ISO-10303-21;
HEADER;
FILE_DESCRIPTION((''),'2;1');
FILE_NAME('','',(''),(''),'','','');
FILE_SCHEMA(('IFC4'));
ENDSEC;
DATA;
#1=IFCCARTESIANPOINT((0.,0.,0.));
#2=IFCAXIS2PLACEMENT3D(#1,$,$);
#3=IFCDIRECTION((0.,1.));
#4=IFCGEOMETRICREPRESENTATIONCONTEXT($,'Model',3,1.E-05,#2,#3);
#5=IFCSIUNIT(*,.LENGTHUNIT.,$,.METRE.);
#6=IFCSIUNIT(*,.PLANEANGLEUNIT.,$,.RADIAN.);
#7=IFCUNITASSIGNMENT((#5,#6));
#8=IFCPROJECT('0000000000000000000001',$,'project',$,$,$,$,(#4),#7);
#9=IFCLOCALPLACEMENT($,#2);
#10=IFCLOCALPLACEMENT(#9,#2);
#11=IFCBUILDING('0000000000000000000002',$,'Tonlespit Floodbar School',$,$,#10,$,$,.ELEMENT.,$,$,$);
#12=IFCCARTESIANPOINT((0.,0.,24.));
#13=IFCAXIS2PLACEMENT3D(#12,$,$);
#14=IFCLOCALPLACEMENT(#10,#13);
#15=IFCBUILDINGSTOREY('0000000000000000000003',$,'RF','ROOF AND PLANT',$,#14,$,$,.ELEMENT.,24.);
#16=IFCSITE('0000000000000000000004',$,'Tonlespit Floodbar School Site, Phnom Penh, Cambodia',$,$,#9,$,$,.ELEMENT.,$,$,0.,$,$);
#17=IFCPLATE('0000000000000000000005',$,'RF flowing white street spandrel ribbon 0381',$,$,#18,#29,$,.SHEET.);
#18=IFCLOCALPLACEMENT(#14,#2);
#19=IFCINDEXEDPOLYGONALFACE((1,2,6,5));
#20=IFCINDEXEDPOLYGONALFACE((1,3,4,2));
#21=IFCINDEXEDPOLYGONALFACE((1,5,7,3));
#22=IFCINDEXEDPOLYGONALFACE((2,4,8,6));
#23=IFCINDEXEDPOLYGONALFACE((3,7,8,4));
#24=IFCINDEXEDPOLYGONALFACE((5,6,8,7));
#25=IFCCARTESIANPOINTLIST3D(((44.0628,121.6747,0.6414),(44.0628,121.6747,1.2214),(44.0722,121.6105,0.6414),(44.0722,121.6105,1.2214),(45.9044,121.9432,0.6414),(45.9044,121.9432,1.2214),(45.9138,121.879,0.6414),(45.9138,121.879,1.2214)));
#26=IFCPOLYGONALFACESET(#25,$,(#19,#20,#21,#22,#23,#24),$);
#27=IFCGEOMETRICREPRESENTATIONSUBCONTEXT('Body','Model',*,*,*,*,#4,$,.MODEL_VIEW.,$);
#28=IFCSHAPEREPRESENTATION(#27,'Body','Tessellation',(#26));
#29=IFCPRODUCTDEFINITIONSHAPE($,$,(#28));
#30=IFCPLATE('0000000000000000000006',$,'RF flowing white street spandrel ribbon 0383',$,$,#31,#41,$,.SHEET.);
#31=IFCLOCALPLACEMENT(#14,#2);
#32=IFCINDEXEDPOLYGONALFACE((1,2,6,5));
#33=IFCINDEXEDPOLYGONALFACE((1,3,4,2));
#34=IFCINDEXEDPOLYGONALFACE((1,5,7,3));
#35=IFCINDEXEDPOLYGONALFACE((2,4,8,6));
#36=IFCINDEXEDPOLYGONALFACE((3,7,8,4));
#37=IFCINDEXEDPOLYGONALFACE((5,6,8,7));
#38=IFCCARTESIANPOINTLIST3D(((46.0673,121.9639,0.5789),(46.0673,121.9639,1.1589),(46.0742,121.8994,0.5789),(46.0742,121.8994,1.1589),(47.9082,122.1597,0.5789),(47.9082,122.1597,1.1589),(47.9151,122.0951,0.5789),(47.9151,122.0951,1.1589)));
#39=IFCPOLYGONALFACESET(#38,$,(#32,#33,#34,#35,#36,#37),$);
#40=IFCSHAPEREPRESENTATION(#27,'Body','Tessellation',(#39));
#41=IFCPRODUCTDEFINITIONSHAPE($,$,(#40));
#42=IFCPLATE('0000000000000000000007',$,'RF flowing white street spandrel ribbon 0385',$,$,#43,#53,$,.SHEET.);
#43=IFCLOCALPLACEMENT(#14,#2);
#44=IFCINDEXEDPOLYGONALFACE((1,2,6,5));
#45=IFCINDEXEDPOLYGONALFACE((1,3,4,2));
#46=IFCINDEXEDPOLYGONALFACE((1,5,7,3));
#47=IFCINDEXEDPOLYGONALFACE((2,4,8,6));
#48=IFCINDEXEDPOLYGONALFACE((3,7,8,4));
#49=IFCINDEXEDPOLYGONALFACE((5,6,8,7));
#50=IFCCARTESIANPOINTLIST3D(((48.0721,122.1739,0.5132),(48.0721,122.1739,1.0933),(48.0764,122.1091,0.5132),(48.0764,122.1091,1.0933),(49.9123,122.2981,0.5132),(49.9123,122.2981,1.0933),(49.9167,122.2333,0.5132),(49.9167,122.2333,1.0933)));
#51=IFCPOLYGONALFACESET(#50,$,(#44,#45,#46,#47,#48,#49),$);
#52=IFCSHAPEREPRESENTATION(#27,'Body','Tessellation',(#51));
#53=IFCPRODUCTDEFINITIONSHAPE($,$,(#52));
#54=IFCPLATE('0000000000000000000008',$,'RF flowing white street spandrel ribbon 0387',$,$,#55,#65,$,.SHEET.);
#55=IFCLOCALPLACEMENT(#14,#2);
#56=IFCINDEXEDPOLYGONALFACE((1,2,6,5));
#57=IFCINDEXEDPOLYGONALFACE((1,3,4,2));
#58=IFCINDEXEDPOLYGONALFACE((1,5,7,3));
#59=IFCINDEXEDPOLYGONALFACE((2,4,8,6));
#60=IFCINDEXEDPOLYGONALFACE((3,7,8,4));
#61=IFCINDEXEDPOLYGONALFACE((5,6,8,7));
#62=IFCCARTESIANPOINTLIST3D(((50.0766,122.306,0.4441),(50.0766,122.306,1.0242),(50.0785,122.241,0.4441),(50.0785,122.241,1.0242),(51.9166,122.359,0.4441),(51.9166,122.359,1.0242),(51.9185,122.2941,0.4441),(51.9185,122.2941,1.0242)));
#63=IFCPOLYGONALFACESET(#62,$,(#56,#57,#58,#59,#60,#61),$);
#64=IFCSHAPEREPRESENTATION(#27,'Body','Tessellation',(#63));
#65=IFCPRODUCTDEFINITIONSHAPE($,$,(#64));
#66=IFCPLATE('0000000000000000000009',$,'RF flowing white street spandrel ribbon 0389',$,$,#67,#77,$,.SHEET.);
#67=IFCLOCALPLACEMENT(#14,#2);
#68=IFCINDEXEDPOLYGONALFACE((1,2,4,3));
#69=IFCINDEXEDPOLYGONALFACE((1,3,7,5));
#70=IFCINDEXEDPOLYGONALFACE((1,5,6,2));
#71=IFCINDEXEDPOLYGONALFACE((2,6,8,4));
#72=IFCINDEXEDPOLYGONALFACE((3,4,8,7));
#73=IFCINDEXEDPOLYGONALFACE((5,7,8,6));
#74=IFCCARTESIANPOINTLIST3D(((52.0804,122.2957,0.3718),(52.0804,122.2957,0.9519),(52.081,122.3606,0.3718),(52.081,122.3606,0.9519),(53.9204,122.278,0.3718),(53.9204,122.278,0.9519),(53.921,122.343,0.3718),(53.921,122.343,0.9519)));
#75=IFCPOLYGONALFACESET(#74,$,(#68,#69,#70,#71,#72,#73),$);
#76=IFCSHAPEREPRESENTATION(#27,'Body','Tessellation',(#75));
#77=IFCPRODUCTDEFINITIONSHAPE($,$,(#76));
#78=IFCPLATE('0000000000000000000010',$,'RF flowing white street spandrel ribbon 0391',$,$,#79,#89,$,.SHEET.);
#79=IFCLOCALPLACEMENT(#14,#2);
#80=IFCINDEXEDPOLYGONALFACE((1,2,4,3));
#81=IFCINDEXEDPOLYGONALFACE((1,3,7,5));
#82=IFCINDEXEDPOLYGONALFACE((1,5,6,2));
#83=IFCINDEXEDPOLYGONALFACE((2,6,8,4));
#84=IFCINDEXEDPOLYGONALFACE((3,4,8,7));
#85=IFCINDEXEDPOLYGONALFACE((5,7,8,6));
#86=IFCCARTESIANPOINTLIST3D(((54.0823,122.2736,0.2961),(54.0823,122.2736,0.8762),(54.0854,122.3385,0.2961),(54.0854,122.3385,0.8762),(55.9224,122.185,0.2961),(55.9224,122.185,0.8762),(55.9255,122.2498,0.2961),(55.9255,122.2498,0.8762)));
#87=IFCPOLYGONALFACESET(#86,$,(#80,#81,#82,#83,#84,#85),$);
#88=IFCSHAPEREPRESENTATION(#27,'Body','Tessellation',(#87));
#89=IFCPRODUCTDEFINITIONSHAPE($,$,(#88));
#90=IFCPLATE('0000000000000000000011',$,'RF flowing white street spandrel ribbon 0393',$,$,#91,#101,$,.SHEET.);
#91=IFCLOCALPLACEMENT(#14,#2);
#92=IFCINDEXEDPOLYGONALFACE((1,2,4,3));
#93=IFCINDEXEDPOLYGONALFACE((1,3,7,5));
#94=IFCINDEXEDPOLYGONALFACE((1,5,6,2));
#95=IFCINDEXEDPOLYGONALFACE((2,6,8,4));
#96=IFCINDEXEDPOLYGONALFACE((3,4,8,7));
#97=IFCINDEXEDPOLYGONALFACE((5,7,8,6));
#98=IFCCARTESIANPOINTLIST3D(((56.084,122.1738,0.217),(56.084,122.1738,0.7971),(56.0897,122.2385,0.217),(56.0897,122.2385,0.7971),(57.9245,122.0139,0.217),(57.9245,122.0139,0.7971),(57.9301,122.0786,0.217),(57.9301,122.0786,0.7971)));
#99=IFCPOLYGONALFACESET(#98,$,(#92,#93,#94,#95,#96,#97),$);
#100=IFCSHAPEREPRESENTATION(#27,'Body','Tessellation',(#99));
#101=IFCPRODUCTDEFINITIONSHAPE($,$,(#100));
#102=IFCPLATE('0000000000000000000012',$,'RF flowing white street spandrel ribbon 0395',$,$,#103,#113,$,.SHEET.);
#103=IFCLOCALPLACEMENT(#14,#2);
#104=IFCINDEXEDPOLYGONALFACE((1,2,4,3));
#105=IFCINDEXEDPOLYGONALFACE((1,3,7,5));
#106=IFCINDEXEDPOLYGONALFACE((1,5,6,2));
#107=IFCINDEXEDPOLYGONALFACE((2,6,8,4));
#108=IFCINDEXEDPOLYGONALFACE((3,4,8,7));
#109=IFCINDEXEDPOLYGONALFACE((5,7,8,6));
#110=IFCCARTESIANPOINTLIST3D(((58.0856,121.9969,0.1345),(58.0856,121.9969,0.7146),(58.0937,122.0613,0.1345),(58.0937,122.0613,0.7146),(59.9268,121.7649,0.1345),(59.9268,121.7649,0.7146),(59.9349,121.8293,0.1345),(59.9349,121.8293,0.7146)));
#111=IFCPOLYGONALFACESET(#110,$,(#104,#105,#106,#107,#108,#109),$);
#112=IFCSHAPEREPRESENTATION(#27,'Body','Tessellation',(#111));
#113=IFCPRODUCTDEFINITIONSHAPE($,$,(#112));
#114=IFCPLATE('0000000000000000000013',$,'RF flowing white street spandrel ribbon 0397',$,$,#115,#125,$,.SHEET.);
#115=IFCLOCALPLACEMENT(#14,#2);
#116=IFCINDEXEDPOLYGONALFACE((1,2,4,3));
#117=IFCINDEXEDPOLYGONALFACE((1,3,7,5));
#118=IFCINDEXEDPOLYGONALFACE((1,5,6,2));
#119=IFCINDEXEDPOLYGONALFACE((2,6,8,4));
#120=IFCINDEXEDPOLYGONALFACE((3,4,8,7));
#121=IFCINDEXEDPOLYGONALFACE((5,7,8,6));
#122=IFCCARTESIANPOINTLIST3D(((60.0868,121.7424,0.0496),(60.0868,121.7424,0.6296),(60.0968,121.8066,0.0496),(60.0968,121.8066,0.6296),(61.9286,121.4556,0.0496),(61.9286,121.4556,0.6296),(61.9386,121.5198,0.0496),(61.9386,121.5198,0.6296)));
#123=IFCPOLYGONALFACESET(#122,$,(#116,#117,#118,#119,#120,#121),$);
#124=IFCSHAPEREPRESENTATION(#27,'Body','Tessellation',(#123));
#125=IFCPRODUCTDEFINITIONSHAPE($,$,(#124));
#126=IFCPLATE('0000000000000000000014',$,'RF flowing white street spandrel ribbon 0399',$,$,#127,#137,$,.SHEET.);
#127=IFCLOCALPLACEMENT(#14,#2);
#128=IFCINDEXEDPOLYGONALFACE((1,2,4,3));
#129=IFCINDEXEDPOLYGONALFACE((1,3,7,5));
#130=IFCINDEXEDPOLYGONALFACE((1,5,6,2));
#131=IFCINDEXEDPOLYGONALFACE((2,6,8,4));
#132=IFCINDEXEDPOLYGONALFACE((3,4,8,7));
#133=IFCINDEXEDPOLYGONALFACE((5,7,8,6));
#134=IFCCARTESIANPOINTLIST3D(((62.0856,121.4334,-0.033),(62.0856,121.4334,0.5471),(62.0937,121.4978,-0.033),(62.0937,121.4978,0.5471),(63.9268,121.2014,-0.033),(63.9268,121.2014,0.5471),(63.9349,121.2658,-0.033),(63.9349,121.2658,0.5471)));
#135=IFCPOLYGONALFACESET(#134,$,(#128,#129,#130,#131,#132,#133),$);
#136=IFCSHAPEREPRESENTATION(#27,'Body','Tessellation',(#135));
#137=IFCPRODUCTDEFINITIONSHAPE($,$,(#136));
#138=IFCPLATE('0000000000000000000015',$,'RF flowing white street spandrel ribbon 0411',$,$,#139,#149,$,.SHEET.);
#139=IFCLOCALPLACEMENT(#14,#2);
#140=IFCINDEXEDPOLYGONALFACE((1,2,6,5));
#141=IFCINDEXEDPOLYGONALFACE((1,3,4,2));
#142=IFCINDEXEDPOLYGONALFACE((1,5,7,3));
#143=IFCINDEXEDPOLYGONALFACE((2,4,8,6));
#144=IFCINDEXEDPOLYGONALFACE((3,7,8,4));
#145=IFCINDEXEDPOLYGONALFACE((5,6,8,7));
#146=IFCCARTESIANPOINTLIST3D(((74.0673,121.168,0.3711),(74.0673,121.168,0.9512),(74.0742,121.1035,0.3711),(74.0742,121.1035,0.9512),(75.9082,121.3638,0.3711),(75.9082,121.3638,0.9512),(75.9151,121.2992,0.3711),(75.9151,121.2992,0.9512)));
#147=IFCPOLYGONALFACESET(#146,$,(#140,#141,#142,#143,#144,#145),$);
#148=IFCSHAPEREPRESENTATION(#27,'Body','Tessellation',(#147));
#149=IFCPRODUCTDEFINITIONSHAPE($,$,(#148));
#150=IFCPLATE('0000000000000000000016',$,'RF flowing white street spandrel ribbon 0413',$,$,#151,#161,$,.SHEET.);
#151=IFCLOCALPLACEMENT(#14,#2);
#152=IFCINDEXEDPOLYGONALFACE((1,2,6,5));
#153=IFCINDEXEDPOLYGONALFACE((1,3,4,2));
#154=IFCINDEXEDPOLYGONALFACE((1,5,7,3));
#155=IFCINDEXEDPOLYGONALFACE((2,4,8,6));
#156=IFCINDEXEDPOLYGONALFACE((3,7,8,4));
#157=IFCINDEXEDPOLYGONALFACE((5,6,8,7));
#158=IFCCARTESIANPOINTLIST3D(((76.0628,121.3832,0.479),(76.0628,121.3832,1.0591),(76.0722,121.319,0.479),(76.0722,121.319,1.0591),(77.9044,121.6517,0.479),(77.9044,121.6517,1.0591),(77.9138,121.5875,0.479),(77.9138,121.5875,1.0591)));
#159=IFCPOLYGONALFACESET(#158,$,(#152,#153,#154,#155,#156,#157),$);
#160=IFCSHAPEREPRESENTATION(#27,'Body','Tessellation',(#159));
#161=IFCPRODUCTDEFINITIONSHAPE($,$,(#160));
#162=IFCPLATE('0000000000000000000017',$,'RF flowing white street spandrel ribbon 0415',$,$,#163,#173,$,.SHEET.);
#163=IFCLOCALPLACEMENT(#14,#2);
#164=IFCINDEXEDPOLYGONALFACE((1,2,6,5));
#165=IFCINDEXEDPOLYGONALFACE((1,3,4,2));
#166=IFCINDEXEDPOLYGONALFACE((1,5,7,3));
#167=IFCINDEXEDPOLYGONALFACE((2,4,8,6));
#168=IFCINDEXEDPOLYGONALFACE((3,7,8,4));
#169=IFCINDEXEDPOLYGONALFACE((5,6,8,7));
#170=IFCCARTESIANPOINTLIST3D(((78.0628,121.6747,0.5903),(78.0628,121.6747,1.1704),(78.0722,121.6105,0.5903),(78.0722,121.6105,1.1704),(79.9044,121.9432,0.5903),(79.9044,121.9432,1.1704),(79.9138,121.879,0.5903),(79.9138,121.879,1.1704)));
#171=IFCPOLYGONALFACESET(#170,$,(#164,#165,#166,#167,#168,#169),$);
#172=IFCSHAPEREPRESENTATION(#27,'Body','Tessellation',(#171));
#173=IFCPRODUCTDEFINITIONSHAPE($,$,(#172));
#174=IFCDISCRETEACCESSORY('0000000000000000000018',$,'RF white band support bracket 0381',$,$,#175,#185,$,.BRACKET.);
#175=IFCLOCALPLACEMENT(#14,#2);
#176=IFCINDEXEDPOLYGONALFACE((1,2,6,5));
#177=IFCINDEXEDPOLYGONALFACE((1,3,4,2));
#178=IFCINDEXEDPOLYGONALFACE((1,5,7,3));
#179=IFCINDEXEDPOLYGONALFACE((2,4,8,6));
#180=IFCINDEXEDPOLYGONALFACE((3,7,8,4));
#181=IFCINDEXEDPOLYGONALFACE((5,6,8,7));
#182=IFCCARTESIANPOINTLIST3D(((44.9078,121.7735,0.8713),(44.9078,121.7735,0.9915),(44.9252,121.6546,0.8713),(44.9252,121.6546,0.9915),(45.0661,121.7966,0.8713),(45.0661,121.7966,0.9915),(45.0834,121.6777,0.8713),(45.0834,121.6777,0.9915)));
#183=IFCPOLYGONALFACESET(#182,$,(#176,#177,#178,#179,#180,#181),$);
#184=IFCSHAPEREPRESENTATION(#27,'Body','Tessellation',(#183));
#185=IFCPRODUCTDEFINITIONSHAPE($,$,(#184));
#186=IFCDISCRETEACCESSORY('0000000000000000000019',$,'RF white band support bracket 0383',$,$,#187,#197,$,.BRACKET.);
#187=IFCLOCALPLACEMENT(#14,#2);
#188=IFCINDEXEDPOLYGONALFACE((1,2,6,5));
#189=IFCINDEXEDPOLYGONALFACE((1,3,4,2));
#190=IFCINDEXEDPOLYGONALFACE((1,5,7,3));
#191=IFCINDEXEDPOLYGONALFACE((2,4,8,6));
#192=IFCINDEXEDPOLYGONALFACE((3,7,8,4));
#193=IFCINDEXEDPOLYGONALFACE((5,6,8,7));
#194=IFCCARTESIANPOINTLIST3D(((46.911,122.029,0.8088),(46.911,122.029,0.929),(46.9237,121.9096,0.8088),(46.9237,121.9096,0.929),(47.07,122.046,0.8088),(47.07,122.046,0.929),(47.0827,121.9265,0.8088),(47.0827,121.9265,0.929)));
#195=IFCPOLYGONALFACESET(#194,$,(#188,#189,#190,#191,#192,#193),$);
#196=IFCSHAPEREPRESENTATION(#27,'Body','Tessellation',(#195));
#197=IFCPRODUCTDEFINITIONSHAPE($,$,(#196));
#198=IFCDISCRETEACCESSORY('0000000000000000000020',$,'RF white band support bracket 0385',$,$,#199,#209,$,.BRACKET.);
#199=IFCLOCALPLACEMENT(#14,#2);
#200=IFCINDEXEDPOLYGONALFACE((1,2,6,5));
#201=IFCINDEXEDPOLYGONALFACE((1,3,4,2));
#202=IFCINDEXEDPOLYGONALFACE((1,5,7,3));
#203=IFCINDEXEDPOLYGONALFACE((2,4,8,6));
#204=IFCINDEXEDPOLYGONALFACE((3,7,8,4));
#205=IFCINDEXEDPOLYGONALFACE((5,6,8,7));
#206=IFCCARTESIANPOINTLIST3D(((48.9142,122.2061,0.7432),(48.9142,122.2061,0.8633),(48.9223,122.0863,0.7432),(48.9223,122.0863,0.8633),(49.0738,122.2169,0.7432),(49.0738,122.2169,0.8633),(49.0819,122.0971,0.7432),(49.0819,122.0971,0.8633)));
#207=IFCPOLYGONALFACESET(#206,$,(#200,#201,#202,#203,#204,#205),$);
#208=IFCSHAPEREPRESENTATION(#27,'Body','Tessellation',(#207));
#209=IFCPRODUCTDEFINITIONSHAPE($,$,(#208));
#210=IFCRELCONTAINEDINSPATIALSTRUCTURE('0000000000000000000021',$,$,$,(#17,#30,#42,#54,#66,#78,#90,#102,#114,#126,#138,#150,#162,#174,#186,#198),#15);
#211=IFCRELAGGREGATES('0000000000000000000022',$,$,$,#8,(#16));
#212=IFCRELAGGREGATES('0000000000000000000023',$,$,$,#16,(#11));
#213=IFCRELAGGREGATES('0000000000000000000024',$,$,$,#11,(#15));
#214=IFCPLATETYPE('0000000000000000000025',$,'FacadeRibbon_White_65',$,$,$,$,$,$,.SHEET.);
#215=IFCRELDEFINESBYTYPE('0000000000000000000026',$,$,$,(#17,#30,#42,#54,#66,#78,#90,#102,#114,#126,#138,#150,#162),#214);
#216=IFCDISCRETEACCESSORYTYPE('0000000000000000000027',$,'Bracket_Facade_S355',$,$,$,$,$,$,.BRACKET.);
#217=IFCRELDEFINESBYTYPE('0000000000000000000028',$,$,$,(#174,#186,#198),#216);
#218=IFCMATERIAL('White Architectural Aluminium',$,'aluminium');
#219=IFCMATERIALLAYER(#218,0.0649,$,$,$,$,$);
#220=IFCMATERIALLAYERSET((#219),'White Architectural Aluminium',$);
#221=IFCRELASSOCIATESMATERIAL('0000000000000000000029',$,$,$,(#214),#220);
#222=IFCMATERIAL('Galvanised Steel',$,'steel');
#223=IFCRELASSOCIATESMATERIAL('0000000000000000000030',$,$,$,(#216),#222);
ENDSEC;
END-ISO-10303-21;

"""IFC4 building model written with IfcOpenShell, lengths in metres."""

from ifc_helpers import new_model, si_unit, direction, frame, origin, origin_2d, place, context, subcontext, project, spatial, rectangle, extrude, material, layer, layer_set, type_object, element, save


model = new_model("IFC4")

# Units and contexts
model_context = context("Model", 3, precision=1e-05, world=origin(), true_north=direction((0.0, 1.0)))
body_context = subcontext(model_context, "Body", "Model", "MODEL_VIEW")
ifc_project = project(units=[si_unit("LENGTHUNIT", "METRE"), si_unit("PLANEANGLEUNIT", "RADIAN")], contexts=[model_context])

# Site, building, storey
site_placement = place(None, origin())
site = spatial("IfcSite", under=ifc_project, at=site_placement, Name="Tonlespit Floodbar School Site, Phnom Penh, Cambodia", CompositionType="ELEMENT", RefElevation=0.0)
building_placement = place(site_placement, origin())
building = spatial("IfcBuilding", under=site, at=building_placement, Name="Tonlespit Floodbar School", CompositionType="ELEMENT")
storey_placement = place(building_placement, frame((0.0, 0.0, 24.0)))
storey = spatial("IfcBuildingStorey", under=building, at=storey_placement, Name="RF", Description="ROOF AND PLANT", CompositionType="ELEMENT", Elevation=24.0)

# Plates
ifc_material_1 = material(Name="White Architectural Aluminium", Category="aluminium")
ifc_layer = layer(ifc_material_1, 0.0649)
ifc_layer_set = layer_set([ifc_layer], Name="White Architectural Aluminium")
plate_type = type_object("IfcPlateType", Name="FacadeRibbon_White_65", PredefinedType="SHEET", material=ifc_layer_set)
plate_1_placement = place(storey_placement, frame((44.9883, 121.7769, 0.6414), z_axis=(0.0, 0.0, 1.0), x_axis=(0.989538, 0.144275, 0.0)))
element("IfcPlate", 1, at=plate_1_placement, inside=storey, type_object=plate_type, Name="RF flowing white street spandrel ribbon 0381", PredefinedType="SHEET", context=body_context, shape_type="SweptSolid", body=[
    extrude(rectangle(XDim=1.8611, YDim=0.0649, at=origin_2d()), origin(), (0.0, 0.0, 1.0), 0.5801),
])
plate_2_placement = place(storey_placement, frame((46.9912, 122.0295, 0.5789), z_axis=(0.0, 0.0, 1.0), x_axis=(0.994392, 0.105754, 0.0)))
element("IfcPlate", 2, at=plate_2_placement, inside=storey, type_object=plate_type, Name="RF flowing white street spandrel ribbon 0383", PredefinedType="SHEET", context=body_context, shape_type="SweptSolid", body=[
    extrude(rectangle(XDim=1.8513, YDim=0.0649, at=origin_2d()), origin(), (0.0, 0.0, 1.0), 0.5801),
])
plate_3_placement = place(storey_placement, frame((48.9944, 122.2036, 0.5132), z_axis=(0.0, 0.0, 1.0), x_axis=(0.99773, 0.067347, 0.0)))
element("IfcPlate", 3, at=plate_3_placement, inside=storey, type_object=plate_type, Name="RF flowing white street spandrel ribbon 0385", PredefinedType="SHEET", context=body_context, shape_type="SweptSolid", body=[
    extrude(rectangle(XDim=1.8445, YDim=0.0649, at=origin_2d()), origin(), (0.0, 0.0, 1.0), 0.5801),
])
plate_4_placement = place(storey_placement, frame((50.9976, 122.3, 0.4441), z_axis=(0.0, 0.0, 1.0), x_axis=(0.999584, 0.028838, 0.0)))
element("IfcPlate", 4, at=plate_4_placement, inside=storey, type_object=plate_type, Name="RF flowing white street spandrel ribbon 0387", PredefinedType="SHEET", context=body_context, shape_type="SweptSolid", body=[
    extrude(rectangle(XDim=1.8408, YDim=0.0649, at=origin_2d()), origin(), (0.0, 0.0, 1.0), 0.5801),
])
plate_5_placement = place(storey_placement, frame((53.0007, 122.3193, 0.3718), z_axis=(0.0, 0.0, 1.0), x_axis=(0.999954, -0.009599, 0.0)))
element("IfcPlate", 5, at=plate_5_placement, inside=storey, type_object=plate_type, Name="RF flowing white street spandrel ribbon 0389", PredefinedType="SHEET", context=body_context, shape_type="SweptSolid", body=[
    extrude(rectangle(XDim=1.8401, YDim=0.0649, at=origin_2d()), origin(), (0.0, 0.0, 1.0), 0.5801),
])
plate_6_placement = place(storey_placement, frame((55.0039, 122.2617, 0.2961), z_axis=(0.0, 0.0, 1.0), x_axis=(0.998843, -0.048095, 0.0)))
element("IfcPlate", 6, at=plate_6_placement, inside=storey, type_object=plate_type, Name="RF flowing white street spandrel ribbon 0391", PredefinedType="SHEET", context=body_context, shape_type="SweptSolid", body=[
    extrude(rectangle(XDim=1.8423, YDim=0.0649, at=origin_2d()), origin(), (0.0, 0.0, 1.0), 0.5801),
])
plate_7_placement = place(storey_placement, frame((57.0071, 122.1262, 0.217), z_axis=(0.0, 0.0, 1.0), x_axis=(0.996245, -0.086573, 0.0)))
element("IfcPlate", 7, at=plate_7_placement, inside=storey, type_object=plate_type, Name="RF flowing white street spandrel ribbon 0393", PredefinedType="SHEET", context=body_context, shape_type="SweptSolid", body=[
    extrude(rectangle(XDim=1.8474, YDim=0.0649, at=origin_2d()), origin(), (0.0, 0.0, 1.0), 0.5801),
])
plate_8_placement = place(storey_placement, frame((59.0103, 121.9131, 0.1345), z_axis=(0.0, 0.0, 1.0), x_axis=(0.992155, -0.125011, 0.0)))
element("IfcPlate", 8, at=plate_8_placement, inside=storey, type_object=plate_type, Name="RF flowing white street spandrel ribbon 0395", PredefinedType="SHEET", context=body_context, shape_type="SweptSolid", body=[
    extrude(rectangle(XDim=1.8557, YDim=0.0649, at=origin_2d()), origin(), (0.0, 0.0, 1.0), 0.5801),
])
plate_9_placement = place(storey_placement, frame((61.0127, 121.6311, 0.0496), z_axis=(0.0, 0.0, 1.0), x_axis=(0.988095, -0.153846, 0.0)))
element("IfcPlate", 9, at=plate_9_placement, inside=storey, type_object=plate_type, Name="RF flowing white street spandrel ribbon 0397", PredefinedType="SHEET", context=body_context, shape_type="SweptSolid", body=[
    extrude(rectangle(XDim=1.864, YDim=0.0649, at=origin_2d()), origin(), (0.0, 0.0, 1.0), 0.5801),
])
plate_10_placement = place(storey_placement, frame((63.0103, 121.3496, -0.033), z_axis=(0.0, 0.0, 1.0), x_axis=(0.992155, -0.125011, 0.0)))
element("IfcPlate", 10, at=plate_10_placement, inside=storey, type_object=plate_type, Name="RF flowing white street spandrel ribbon 0399", PredefinedType="SHEET", context=body_context, shape_type="SweptSolid", body=[
    extrude(rectangle(XDim=1.8557, YDim=0.0649, at=origin_2d()), origin(), (0.0, 0.0, 1.0), 0.5801),
])
plate_11_placement = place(storey_placement, frame((74.9912, 121.2336, 0.3711), z_axis=(0.0, 0.0, 1.0), x_axis=(0.994392, 0.105754, 0.0)))
element("IfcPlate", 11, at=plate_11_placement, inside=storey, type_object=plate_type, Name="RF flowing white street spandrel ribbon 0411", PredefinedType="SHEET", context=body_context, shape_type="SweptSolid", body=[
    extrude(rectangle(XDim=1.8513, YDim=0.0649, at=origin_2d()), origin(), (0.0, 0.0, 1.0), 0.5801),
])
for number, where, z_axis, x_axis, name in (
    (12, (76.9883, 121.4854, 0.479), (0.0, 0.0, 1.0), (0.989538, 0.144275, 0.0), "RF flowing white street spandrel ribbon 0413"),
    (13, (78.9883, 121.7769, 0.5903), (0.0, 0.0, 1.0), (0.989538, 0.144275, 0.0), "RF flowing white street spandrel ribbon 0415"),
):
    element("IfcPlate", number, at=place(storey_placement, frame(where, z_axis=z_axis, x_axis=x_axis)), inside=storey, type_object=plate_type, Name=name, PredefinedType="SHEET", context=body_context, shape_type="SweptSolid", body=[
        extrude(rectangle(XDim=1.8611, YDim=0.0649, at=origin_2d()), origin(), (0.0, 0.0, 1.0), 0.5801),
    ])

# Discrete accessories
ifc_material_2 = material(Name="Galvanised Steel", Category="steel")
discrete_accessory_type = type_object("IfcDiscreteAccessoryType", Name="Bracket_Facade_S355", PredefinedType="BRACKET", material=ifc_material_2)
for number, where, z_axis, x_axis, name in (
    (14, (44.9956, 121.7256, 0.8713), (0.0, 0.0, 1.0), (0.989538, 0.144275, 0.0), "RF white band support bracket 0381"),
    (15, (46.9968, 121.9778, 0.8088), (0.0, 0.0, 1.0), (0.994392, 0.105754, 0.0), "RF white band support bracket 0383"),
    (16, (48.998, 122.1516, 0.7432), (0.0, 0.0, 1.0), (0.99773, 0.067347, 0.0), "RF white band support bracket 0385"),
):
    element("IfcDiscreteAccessory", number, at=place(storey_placement, frame(where, z_axis=z_axis, x_axis=x_axis)), inside=storey, type_object=discrete_accessory_type, Name=name, PredefinedType="BRACKET", context=body_context, shape_type="SweptSolid", body=[
        extrude(rectangle(XDim=0.1599, YDim=0.1201, at=origin_2d()), origin(), (0.0, 0.0, 1.0), 0.1201),
    ])

save(model, "model.ifc")
